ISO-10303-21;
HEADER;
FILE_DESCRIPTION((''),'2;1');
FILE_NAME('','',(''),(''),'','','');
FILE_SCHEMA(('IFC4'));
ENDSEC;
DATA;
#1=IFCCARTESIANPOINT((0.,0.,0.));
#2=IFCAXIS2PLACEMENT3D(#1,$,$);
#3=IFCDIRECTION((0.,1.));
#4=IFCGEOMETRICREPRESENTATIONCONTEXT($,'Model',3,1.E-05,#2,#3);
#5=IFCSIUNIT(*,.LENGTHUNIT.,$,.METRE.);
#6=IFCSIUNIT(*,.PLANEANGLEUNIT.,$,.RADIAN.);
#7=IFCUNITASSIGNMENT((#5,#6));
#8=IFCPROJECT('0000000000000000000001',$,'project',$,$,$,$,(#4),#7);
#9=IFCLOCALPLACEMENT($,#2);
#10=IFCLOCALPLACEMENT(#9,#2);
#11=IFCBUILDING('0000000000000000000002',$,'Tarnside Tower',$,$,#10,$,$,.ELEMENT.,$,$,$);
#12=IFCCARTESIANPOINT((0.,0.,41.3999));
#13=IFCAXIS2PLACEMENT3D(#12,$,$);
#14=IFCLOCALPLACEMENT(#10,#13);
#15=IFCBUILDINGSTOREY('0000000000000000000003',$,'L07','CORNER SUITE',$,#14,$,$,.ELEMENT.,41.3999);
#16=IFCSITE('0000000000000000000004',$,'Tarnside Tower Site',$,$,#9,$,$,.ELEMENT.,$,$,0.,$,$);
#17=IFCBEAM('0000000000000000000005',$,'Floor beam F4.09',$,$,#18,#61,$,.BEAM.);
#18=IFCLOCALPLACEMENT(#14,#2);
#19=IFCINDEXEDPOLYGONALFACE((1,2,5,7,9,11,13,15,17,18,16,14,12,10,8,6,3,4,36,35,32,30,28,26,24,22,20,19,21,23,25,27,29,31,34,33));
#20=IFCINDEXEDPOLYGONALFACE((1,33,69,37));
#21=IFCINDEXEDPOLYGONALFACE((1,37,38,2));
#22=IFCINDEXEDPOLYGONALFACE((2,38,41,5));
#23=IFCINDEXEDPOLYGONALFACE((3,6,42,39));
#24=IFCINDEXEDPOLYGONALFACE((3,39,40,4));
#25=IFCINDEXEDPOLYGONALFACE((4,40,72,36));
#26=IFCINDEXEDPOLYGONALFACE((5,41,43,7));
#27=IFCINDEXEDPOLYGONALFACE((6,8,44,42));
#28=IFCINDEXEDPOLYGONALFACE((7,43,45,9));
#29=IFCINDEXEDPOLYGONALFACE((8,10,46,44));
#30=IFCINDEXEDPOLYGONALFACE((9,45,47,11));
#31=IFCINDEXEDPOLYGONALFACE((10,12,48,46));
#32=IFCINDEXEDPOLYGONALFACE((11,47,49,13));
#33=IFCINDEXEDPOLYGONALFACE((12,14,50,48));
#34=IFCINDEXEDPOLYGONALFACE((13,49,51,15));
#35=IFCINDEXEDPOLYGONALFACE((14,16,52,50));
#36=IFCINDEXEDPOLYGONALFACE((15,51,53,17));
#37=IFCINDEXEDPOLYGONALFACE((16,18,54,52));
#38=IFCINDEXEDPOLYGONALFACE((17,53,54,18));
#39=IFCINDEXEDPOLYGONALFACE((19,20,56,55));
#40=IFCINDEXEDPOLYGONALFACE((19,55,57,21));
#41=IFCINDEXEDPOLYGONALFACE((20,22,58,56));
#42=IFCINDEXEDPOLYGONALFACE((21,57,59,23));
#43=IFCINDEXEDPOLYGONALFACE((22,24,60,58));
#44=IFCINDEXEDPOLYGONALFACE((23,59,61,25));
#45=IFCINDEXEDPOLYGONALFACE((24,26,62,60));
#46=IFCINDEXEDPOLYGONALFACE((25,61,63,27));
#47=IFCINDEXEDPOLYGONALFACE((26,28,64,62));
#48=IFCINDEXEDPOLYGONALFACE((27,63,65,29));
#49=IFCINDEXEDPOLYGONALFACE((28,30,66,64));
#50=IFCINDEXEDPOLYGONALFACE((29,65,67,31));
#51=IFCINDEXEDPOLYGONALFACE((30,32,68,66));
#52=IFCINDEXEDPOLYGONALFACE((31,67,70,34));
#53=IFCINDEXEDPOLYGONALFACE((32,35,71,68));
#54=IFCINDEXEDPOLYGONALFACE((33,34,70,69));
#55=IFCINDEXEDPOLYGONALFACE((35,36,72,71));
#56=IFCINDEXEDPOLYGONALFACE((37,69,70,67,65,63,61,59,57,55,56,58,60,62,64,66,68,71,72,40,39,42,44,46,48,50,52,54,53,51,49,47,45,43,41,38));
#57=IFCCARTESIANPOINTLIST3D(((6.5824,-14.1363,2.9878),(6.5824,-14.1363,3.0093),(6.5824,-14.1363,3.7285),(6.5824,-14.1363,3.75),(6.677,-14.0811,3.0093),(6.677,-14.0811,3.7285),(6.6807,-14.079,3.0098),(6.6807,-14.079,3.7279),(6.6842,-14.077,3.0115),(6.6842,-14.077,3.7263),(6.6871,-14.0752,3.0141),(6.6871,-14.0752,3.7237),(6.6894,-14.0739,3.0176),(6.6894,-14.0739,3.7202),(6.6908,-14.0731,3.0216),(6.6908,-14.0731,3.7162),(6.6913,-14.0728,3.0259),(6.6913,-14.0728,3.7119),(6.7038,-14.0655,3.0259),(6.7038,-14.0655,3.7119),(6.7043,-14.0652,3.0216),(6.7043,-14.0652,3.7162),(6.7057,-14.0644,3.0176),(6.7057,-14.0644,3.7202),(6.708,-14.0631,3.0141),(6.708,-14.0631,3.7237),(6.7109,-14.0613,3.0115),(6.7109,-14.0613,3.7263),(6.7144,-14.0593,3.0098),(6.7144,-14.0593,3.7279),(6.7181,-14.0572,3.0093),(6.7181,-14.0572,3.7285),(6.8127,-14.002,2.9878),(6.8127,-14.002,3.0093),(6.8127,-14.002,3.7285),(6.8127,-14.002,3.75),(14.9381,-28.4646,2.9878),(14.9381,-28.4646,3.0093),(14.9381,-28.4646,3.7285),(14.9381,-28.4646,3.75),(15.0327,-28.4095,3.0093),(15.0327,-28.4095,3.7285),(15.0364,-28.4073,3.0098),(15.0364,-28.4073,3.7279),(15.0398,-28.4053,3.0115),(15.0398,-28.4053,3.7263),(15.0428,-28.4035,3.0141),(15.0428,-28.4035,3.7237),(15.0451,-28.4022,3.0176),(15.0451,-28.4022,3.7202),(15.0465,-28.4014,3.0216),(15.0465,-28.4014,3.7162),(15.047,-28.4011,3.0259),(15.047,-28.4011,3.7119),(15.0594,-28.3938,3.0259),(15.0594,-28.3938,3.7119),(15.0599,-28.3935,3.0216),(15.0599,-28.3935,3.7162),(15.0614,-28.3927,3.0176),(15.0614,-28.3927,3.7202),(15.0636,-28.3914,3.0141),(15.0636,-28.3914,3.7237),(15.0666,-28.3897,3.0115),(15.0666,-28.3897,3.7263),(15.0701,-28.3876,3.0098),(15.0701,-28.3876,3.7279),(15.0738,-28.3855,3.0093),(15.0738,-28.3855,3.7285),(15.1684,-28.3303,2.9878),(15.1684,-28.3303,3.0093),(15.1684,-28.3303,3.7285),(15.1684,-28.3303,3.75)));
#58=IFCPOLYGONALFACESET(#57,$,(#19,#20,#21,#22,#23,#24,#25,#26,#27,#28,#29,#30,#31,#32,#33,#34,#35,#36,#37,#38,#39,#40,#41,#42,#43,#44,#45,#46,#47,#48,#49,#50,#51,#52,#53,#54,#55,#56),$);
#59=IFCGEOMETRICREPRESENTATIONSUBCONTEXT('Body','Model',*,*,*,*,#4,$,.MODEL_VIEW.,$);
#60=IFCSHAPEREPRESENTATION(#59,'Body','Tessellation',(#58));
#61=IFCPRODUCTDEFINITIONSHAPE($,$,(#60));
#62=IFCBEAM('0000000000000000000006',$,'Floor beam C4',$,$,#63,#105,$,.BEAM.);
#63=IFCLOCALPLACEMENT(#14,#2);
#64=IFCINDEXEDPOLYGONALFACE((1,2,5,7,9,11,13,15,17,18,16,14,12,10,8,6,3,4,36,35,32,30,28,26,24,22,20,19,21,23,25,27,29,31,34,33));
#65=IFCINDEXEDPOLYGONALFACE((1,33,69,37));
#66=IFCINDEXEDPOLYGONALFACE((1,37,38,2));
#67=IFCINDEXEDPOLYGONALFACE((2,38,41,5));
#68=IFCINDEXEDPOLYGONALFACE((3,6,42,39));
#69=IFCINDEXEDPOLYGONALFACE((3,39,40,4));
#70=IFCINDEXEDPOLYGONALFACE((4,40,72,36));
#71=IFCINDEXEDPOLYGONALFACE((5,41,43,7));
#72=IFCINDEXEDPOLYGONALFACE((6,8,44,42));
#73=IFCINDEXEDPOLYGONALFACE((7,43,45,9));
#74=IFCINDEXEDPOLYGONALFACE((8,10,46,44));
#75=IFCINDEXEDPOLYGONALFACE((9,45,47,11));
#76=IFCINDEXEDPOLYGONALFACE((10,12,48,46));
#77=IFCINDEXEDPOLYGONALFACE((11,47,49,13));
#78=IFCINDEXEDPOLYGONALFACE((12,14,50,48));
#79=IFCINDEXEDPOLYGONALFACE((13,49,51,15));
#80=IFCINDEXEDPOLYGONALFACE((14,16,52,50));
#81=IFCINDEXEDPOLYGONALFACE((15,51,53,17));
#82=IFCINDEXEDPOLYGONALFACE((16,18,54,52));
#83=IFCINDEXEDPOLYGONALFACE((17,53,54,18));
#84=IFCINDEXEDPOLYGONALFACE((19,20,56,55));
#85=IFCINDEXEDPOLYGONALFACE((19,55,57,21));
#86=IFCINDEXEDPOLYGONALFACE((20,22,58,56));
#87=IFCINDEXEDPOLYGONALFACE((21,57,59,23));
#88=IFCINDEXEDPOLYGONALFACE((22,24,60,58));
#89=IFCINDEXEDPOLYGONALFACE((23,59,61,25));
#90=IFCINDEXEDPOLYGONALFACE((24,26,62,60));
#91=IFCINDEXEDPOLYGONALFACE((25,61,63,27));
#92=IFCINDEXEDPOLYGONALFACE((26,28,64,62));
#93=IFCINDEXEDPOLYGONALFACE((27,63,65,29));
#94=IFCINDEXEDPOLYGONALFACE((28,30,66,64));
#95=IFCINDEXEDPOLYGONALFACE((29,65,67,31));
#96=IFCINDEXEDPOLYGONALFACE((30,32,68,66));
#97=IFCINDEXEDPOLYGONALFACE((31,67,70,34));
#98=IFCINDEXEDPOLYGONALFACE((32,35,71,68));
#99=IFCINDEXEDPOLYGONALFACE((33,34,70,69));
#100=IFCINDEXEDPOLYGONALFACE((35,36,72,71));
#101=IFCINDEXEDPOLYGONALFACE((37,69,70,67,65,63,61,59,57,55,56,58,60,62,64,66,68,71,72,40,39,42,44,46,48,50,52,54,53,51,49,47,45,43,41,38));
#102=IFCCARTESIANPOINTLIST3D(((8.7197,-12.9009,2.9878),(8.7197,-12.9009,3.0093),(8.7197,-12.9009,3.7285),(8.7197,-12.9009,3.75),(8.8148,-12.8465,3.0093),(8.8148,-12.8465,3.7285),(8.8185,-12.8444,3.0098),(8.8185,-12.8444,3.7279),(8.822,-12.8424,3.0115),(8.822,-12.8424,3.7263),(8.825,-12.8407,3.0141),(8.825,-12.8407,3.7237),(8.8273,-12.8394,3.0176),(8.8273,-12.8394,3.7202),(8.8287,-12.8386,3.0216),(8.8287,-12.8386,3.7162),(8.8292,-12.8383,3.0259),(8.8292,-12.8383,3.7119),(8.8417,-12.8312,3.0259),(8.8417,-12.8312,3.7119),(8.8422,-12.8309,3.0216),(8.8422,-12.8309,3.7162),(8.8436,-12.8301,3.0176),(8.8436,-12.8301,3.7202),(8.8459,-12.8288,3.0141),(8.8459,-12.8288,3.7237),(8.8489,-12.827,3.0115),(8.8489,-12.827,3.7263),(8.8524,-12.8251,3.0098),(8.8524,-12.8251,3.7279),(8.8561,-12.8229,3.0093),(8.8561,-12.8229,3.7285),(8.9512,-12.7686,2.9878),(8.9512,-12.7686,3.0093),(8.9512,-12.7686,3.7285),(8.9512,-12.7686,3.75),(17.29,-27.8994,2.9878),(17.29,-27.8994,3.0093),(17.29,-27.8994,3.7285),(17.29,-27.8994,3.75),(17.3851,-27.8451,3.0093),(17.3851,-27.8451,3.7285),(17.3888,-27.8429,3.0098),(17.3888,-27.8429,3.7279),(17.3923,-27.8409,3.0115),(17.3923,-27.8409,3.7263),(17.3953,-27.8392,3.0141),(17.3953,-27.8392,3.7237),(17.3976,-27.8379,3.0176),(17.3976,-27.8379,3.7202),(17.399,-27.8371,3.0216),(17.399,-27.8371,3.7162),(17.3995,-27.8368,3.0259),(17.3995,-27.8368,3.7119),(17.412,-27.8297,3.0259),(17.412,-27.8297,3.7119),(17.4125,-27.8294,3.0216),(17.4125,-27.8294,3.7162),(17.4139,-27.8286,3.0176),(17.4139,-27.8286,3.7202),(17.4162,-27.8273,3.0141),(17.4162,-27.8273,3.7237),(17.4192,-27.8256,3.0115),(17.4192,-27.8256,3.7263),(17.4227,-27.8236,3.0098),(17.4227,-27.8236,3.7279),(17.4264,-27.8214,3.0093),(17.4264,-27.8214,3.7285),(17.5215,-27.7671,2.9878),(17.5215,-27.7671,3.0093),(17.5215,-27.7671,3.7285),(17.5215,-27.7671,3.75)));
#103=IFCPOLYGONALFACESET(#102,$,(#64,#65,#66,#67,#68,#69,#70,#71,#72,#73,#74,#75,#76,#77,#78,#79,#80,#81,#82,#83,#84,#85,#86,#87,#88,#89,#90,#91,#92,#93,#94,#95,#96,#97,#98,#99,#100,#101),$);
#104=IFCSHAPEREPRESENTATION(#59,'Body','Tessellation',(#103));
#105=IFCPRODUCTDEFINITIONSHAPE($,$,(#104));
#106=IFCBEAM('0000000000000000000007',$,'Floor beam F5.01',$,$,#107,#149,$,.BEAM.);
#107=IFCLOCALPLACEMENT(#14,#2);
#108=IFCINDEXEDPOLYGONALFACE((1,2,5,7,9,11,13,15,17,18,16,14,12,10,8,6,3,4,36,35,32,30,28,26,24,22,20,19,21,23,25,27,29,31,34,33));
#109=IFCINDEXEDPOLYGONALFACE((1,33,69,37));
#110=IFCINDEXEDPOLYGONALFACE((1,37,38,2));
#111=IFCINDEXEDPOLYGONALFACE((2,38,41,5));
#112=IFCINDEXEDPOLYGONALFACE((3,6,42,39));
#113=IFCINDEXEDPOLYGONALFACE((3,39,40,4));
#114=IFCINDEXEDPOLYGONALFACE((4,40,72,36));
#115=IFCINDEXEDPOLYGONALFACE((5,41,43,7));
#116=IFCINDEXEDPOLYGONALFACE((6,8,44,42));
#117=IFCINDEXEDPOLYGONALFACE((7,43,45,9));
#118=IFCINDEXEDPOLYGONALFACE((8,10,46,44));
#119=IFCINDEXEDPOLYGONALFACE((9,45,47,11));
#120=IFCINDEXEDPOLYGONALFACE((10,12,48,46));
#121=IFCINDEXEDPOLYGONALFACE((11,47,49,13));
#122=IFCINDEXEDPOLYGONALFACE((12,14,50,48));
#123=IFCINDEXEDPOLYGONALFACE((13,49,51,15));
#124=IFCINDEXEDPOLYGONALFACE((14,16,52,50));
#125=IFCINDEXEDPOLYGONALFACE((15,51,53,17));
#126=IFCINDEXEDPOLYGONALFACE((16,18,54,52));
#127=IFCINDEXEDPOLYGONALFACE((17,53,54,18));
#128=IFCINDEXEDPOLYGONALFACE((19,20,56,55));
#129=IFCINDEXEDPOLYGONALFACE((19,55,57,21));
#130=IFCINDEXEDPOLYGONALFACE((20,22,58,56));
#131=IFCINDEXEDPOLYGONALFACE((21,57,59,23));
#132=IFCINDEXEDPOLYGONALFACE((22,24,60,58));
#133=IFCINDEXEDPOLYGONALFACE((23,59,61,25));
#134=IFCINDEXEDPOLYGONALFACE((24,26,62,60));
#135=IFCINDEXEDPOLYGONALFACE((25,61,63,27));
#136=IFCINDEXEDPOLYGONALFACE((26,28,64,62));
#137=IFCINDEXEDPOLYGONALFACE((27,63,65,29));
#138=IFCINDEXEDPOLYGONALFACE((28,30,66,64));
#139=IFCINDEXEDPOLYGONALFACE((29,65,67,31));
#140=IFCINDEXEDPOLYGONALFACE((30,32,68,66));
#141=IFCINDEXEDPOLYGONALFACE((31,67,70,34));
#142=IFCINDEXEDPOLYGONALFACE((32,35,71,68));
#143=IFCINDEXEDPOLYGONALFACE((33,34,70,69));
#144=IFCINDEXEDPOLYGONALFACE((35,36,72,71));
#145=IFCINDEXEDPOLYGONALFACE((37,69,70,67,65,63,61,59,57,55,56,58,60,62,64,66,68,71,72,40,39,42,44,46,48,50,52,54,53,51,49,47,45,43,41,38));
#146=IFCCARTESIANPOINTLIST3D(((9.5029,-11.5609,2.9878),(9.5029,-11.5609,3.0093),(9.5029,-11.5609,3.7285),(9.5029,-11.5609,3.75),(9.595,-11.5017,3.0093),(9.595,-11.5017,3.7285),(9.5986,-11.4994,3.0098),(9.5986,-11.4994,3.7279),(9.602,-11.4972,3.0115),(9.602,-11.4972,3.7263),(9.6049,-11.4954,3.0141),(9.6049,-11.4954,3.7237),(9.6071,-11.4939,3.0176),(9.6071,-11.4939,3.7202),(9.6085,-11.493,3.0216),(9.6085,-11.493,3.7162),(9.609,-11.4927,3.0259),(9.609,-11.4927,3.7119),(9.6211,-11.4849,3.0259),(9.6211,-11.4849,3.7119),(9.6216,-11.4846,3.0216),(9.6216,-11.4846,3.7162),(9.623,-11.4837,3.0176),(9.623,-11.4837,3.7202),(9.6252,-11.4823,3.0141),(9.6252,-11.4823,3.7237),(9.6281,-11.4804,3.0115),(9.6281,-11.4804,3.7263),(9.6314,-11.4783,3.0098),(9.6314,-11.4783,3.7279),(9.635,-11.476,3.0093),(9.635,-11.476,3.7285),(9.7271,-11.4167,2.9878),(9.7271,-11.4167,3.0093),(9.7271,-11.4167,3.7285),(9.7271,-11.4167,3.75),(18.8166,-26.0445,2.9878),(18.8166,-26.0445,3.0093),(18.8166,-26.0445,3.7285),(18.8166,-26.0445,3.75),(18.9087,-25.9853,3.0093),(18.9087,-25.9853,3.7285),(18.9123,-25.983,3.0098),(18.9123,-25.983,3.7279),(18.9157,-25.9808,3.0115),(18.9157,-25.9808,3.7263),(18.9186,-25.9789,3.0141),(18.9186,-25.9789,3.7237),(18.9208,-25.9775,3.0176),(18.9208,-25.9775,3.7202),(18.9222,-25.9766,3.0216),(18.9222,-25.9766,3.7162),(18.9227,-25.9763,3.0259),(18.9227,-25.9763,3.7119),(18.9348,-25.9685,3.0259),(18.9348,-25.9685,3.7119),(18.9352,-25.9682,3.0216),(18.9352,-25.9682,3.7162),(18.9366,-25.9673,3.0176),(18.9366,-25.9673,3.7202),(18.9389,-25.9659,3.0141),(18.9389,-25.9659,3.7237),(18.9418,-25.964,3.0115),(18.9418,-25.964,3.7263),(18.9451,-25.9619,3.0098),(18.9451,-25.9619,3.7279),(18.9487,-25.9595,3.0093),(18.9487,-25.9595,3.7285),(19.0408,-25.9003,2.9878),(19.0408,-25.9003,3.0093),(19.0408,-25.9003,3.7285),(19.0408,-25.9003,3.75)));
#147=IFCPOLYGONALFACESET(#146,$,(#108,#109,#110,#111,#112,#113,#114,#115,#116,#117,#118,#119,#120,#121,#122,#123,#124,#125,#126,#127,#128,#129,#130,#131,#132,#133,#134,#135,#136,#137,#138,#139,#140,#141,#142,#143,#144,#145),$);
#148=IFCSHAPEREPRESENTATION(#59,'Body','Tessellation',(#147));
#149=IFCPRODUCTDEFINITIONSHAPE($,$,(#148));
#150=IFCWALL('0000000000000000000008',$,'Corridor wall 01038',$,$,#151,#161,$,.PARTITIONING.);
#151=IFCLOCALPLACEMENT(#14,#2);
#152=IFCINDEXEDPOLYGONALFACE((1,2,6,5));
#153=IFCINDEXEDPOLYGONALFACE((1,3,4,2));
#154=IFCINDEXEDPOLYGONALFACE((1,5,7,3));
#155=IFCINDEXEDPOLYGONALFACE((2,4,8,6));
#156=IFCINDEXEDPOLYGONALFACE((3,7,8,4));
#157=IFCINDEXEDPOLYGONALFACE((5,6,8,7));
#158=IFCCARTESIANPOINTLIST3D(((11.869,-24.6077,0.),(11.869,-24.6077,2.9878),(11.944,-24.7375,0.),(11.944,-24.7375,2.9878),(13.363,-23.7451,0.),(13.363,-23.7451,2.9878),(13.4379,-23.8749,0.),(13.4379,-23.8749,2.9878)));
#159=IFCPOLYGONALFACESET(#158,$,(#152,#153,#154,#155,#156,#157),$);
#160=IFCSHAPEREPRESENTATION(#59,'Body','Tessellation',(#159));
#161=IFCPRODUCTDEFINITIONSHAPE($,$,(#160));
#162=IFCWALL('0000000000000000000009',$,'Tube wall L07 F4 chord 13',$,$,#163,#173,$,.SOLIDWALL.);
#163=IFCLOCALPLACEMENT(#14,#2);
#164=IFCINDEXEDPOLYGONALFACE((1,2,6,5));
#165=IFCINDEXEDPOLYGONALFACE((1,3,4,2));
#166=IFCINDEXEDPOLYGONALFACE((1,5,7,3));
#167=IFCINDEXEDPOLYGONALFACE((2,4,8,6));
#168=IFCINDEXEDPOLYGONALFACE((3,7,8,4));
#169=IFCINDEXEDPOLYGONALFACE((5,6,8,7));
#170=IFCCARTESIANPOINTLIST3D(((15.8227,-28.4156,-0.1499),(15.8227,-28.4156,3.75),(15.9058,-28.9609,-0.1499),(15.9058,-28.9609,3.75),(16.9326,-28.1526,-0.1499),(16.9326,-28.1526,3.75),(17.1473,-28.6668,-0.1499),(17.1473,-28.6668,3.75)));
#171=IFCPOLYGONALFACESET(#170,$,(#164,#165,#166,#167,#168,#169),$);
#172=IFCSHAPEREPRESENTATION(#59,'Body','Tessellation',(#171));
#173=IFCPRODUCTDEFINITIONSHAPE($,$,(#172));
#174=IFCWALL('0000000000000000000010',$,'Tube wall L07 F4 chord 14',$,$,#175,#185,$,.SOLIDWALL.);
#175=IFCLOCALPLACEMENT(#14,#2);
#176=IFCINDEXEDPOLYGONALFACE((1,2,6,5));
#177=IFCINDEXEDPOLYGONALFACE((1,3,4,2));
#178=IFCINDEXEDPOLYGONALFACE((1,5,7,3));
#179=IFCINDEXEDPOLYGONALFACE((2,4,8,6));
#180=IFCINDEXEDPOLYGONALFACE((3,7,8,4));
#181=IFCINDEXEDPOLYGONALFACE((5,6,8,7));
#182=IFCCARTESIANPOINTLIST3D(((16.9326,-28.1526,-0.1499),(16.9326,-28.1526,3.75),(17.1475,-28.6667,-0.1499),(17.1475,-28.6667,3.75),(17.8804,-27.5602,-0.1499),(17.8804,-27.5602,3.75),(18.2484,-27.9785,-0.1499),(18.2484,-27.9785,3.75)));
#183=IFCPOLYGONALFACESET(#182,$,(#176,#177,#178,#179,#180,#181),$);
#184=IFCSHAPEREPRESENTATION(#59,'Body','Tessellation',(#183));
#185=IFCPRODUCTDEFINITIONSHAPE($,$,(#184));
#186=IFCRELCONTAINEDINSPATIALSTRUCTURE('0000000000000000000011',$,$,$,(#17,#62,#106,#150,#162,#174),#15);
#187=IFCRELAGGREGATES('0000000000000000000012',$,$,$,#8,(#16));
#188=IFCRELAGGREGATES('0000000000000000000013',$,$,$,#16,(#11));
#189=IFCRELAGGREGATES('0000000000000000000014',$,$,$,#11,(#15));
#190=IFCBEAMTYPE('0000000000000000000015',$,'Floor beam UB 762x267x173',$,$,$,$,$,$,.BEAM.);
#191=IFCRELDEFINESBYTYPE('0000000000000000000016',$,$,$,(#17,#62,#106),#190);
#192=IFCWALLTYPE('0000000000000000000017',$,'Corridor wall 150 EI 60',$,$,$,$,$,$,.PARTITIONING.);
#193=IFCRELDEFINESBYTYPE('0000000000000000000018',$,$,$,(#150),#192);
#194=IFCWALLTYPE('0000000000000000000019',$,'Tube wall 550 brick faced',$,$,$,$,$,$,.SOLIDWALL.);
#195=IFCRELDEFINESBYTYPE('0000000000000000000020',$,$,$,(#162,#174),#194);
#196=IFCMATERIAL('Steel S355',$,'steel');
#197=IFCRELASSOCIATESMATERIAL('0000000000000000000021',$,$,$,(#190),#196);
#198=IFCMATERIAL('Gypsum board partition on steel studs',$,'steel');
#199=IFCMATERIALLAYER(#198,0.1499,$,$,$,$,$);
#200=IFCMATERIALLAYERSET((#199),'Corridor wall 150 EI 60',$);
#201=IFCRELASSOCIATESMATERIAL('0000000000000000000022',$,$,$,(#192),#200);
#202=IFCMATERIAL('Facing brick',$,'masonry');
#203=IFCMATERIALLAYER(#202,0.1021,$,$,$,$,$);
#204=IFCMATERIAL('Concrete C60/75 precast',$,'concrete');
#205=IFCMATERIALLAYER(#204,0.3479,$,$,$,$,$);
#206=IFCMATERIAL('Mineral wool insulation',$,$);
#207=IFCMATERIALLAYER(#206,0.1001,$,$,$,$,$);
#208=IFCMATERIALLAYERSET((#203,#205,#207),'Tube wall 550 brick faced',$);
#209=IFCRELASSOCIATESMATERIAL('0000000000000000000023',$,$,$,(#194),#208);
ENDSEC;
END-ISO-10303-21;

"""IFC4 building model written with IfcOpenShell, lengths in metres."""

from ifc_helpers import new_model, si_unit, direction, frame, frame_2d, origin, origin_2d, place, context, subcontext, project, spatial, polyline, rectangle, i_section, outline, extrude, material, layer, layer_set, material_profile, profile_set, type_object, element, save


model = new_model("IFC4")

# Units and contexts
model_context = context("Model", 3, precision=1e-05, world=origin(), true_north=direction((0.0, 1.0)))
body_context = subcontext(model_context, "Body", "Model", "MODEL_VIEW")
ifc_project = project(units=[si_unit("LENGTHUNIT", "METRE"), si_unit("PLANEANGLEUNIT", "RADIAN")], contexts=[model_context])

# Site, building, storey
site_placement = place(None, origin())
site = spatial("IfcSite", under=ifc_project, at=site_placement, Name="Tarnside Tower Site", CompositionType="ELEMENT", RefElevation=0.0)
building_placement = place(site_placement, origin())
building = spatial("IfcBuilding", under=site, at=building_placement, Name="Tarnside Tower", CompositionType="ELEMENT")
storey_placement = place(building_placement, frame((0.0, 0.0, 41.3999)))
storey = spatial("IfcBuildingStorey", under=building, at=storey_placement, Name="L07", Description="CORNER SUITE", CompositionType="ELEMENT", Elevation=41.3999)

# Beams
ifc_material_1 = material(Name="Steel S355", Category="steel")
ifc_material_profile = material_profile(ifc_material_1, i_section(OverallWidth=0.2666, OverallDepth=0.7622, WebThickness=0.0144, FlangeThickness=0.0215, FilletRadius=0.0166, at=origin_2d()), Name="UB 762x267x173")
ifc_profile_set = profile_set([ifc_material_profile], Name="Steel S355")
beam_type = type_object("IfcBeamType", Name="Floor beam UB 762x267x173", PredefinedType="BEAM", material=ifc_profile_set)
beam_1_placement = place(storey_placement, frame((15.0532, -28.3975, 3.3689), z_axis=(-0.503758, 0.863845, 0.0), x_axis=(-0.863845, -0.503758, 0.0)))
element("IfcBeam", 1, at=beam_1_placement, inside=storey, type_object=beam_type, Name="Floor beam F4.09", PredefinedType="BEAM", context=body_context, shape_type="SweptSolid", body=[
    extrude(i_section(OverallWidth=0.2666, OverallDepth=0.7622, WebThickness=0.0144, FlangeThickness=0.0215, FilletRadius=0.0166, at=origin_2d()), origin(), (0.0, 0.0, 1.0), 16.5867),
])
beam_2_placement = place(storey_placement, frame((17.4058, -27.8333, 3.3689), z_axis=(-0.496127, 0.86825, 0.0), x_axis=(-0.86825, -0.496127, 0.0)))
element("IfcBeam", 2, at=beam_2_placement, inside=storey, type_object=beam_type, Name="Floor beam C4", PredefinedType="BEAM", context=body_context, shape_type="SweptSolid", body=[
    extrude(i_section(OverallWidth=0.2666, OverallDepth=0.7622, WebThickness=0.0144, FlangeThickness=0.0215, FilletRadius=0.0166, at=origin_2d()), origin(), (0.0, 0.0, 1.0), 17.2744),
])
beam_3_placement = place(storey_placement, frame((18.9287, -25.9724, 3.3689), z_axis=(-0.540873, 0.841104, 0.0), x_axis=(-0.841104, -0.540873, 0.0)))
element("IfcBeam", 3, at=beam_3_placement, inside=storey, type_object=beam_type, Name="Floor beam F5.01", PredefinedType="BEAM", context=body_context, shape_type="SweptSolid", body=[
    extrude(i_section(OverallWidth=0.2666, OverallDepth=0.7622, WebThickness=0.0144, FlangeThickness=0.0215, FilletRadius=0.0166, at=origin_2d()), origin(), (0.0, 0.0, 1.0), 17.2197),
])

# Walls
ifc_material_2 = material(Name="Gypsum board partition on steel studs", Category="steel")
ifc_layer_1 = layer(ifc_material_2, 0.1499)
ifc_layer_set_1 = layer_set([ifc_layer_1], Name="Corridor wall 150 EI 60")
wall_type_1 = type_object("IfcWallType", Name="Corridor wall 150 EI 60", PredefinedType="PARTITIONING", material=ifc_layer_set_1)
wall_1_placement = place(storey_placement, frame((11.9065, -24.6726, 0.0), z_axis=(0.0, 0.0, 1.0), x_axis=(0.866014, 0.500021, 0.0)))
element("IfcWall", 4, at=wall_1_placement, inside=storey, type_object=wall_type_1, Name="Corridor wall 01038", PredefinedType="PARTITIONING", context=body_context, shape_type="SweptSolid", body=[
    extrude(rectangle(XDim=1.7251, YDim=0.1499, at=frame_2d((0.8625, 0.0))), origin(), (0.0, 0.0, 1.0), 2.9878),
])
ifc_material_3 = material(Name="Facing brick", Category="masonry")
ifc_layer_2 = layer(ifc_material_3, 0.1021)
ifc_material_4 = material(Name="Concrete C60/75 precast", Category="concrete")
ifc_layer_3 = layer(ifc_material_4, 0.3479)
ifc_material_5 = material(Name="Mineral wool insulation")
ifc_layer_4 = layer(ifc_material_5, 0.1001)
ifc_layer_set_2 = layer_set([ifc_layer_2, ifc_layer_3, ifc_layer_4], Name="Tube wall 550 brick faced")
wall_type_2 = type_object("IfcWallType", Name="Tube wall 550 brick faced", PredefinedType="SOLIDWALL", material=ifc_layer_set_2)
wall_2_placement = place(storey_placement, frame((15.8643, -28.6882, -0.1499), z_axis=(0.0, 0.0, 1.0), x_axis=(0.973064, 0.230537, 0.0)))
element("IfcWall", 5, at=wall_2_placement, inside=storey, type_object=wall_type_2, Name="Tube wall L07 F4 chord 13", PredefinedType="SOLIDWALL", context=body_context, shape_type="SweptSolid", body=[
    extrude(outline(polyline([(-0.0225, -0.2749), (1.2534, -0.2749), (1.1631, 0.2749), (0.0225, 0.2749), (-0.0225, -0.2749)])), origin(), (0.0, 0.0, 1.0), 3.8999),
])
wall_3_placement = place(storey_placement, frame((17.04, -28.4097, -0.1499), z_axis=(0.0, 0.0, 1.0), x_axis=(0.847953, 0.530072, 0.0)))
element("IfcWall", 6, at=wall_3_placement, inside=storey, type_object=wall_type_2, Name="Tube wall L07 F4 chord 14", PredefinedType="SOLIDWALL", context=body_context, shape_type="SweptSolid", body=[
    extrude(outline(polyline([(-0.0452, -0.2749), (1.2532, -0.2749), (1.1628, 0.2749), (0.0452, 0.2749), (-0.0452, -0.2749)])), origin(), (0.0, 0.0, 1.0), 3.8999),
])

save(model, "model.ifc")
